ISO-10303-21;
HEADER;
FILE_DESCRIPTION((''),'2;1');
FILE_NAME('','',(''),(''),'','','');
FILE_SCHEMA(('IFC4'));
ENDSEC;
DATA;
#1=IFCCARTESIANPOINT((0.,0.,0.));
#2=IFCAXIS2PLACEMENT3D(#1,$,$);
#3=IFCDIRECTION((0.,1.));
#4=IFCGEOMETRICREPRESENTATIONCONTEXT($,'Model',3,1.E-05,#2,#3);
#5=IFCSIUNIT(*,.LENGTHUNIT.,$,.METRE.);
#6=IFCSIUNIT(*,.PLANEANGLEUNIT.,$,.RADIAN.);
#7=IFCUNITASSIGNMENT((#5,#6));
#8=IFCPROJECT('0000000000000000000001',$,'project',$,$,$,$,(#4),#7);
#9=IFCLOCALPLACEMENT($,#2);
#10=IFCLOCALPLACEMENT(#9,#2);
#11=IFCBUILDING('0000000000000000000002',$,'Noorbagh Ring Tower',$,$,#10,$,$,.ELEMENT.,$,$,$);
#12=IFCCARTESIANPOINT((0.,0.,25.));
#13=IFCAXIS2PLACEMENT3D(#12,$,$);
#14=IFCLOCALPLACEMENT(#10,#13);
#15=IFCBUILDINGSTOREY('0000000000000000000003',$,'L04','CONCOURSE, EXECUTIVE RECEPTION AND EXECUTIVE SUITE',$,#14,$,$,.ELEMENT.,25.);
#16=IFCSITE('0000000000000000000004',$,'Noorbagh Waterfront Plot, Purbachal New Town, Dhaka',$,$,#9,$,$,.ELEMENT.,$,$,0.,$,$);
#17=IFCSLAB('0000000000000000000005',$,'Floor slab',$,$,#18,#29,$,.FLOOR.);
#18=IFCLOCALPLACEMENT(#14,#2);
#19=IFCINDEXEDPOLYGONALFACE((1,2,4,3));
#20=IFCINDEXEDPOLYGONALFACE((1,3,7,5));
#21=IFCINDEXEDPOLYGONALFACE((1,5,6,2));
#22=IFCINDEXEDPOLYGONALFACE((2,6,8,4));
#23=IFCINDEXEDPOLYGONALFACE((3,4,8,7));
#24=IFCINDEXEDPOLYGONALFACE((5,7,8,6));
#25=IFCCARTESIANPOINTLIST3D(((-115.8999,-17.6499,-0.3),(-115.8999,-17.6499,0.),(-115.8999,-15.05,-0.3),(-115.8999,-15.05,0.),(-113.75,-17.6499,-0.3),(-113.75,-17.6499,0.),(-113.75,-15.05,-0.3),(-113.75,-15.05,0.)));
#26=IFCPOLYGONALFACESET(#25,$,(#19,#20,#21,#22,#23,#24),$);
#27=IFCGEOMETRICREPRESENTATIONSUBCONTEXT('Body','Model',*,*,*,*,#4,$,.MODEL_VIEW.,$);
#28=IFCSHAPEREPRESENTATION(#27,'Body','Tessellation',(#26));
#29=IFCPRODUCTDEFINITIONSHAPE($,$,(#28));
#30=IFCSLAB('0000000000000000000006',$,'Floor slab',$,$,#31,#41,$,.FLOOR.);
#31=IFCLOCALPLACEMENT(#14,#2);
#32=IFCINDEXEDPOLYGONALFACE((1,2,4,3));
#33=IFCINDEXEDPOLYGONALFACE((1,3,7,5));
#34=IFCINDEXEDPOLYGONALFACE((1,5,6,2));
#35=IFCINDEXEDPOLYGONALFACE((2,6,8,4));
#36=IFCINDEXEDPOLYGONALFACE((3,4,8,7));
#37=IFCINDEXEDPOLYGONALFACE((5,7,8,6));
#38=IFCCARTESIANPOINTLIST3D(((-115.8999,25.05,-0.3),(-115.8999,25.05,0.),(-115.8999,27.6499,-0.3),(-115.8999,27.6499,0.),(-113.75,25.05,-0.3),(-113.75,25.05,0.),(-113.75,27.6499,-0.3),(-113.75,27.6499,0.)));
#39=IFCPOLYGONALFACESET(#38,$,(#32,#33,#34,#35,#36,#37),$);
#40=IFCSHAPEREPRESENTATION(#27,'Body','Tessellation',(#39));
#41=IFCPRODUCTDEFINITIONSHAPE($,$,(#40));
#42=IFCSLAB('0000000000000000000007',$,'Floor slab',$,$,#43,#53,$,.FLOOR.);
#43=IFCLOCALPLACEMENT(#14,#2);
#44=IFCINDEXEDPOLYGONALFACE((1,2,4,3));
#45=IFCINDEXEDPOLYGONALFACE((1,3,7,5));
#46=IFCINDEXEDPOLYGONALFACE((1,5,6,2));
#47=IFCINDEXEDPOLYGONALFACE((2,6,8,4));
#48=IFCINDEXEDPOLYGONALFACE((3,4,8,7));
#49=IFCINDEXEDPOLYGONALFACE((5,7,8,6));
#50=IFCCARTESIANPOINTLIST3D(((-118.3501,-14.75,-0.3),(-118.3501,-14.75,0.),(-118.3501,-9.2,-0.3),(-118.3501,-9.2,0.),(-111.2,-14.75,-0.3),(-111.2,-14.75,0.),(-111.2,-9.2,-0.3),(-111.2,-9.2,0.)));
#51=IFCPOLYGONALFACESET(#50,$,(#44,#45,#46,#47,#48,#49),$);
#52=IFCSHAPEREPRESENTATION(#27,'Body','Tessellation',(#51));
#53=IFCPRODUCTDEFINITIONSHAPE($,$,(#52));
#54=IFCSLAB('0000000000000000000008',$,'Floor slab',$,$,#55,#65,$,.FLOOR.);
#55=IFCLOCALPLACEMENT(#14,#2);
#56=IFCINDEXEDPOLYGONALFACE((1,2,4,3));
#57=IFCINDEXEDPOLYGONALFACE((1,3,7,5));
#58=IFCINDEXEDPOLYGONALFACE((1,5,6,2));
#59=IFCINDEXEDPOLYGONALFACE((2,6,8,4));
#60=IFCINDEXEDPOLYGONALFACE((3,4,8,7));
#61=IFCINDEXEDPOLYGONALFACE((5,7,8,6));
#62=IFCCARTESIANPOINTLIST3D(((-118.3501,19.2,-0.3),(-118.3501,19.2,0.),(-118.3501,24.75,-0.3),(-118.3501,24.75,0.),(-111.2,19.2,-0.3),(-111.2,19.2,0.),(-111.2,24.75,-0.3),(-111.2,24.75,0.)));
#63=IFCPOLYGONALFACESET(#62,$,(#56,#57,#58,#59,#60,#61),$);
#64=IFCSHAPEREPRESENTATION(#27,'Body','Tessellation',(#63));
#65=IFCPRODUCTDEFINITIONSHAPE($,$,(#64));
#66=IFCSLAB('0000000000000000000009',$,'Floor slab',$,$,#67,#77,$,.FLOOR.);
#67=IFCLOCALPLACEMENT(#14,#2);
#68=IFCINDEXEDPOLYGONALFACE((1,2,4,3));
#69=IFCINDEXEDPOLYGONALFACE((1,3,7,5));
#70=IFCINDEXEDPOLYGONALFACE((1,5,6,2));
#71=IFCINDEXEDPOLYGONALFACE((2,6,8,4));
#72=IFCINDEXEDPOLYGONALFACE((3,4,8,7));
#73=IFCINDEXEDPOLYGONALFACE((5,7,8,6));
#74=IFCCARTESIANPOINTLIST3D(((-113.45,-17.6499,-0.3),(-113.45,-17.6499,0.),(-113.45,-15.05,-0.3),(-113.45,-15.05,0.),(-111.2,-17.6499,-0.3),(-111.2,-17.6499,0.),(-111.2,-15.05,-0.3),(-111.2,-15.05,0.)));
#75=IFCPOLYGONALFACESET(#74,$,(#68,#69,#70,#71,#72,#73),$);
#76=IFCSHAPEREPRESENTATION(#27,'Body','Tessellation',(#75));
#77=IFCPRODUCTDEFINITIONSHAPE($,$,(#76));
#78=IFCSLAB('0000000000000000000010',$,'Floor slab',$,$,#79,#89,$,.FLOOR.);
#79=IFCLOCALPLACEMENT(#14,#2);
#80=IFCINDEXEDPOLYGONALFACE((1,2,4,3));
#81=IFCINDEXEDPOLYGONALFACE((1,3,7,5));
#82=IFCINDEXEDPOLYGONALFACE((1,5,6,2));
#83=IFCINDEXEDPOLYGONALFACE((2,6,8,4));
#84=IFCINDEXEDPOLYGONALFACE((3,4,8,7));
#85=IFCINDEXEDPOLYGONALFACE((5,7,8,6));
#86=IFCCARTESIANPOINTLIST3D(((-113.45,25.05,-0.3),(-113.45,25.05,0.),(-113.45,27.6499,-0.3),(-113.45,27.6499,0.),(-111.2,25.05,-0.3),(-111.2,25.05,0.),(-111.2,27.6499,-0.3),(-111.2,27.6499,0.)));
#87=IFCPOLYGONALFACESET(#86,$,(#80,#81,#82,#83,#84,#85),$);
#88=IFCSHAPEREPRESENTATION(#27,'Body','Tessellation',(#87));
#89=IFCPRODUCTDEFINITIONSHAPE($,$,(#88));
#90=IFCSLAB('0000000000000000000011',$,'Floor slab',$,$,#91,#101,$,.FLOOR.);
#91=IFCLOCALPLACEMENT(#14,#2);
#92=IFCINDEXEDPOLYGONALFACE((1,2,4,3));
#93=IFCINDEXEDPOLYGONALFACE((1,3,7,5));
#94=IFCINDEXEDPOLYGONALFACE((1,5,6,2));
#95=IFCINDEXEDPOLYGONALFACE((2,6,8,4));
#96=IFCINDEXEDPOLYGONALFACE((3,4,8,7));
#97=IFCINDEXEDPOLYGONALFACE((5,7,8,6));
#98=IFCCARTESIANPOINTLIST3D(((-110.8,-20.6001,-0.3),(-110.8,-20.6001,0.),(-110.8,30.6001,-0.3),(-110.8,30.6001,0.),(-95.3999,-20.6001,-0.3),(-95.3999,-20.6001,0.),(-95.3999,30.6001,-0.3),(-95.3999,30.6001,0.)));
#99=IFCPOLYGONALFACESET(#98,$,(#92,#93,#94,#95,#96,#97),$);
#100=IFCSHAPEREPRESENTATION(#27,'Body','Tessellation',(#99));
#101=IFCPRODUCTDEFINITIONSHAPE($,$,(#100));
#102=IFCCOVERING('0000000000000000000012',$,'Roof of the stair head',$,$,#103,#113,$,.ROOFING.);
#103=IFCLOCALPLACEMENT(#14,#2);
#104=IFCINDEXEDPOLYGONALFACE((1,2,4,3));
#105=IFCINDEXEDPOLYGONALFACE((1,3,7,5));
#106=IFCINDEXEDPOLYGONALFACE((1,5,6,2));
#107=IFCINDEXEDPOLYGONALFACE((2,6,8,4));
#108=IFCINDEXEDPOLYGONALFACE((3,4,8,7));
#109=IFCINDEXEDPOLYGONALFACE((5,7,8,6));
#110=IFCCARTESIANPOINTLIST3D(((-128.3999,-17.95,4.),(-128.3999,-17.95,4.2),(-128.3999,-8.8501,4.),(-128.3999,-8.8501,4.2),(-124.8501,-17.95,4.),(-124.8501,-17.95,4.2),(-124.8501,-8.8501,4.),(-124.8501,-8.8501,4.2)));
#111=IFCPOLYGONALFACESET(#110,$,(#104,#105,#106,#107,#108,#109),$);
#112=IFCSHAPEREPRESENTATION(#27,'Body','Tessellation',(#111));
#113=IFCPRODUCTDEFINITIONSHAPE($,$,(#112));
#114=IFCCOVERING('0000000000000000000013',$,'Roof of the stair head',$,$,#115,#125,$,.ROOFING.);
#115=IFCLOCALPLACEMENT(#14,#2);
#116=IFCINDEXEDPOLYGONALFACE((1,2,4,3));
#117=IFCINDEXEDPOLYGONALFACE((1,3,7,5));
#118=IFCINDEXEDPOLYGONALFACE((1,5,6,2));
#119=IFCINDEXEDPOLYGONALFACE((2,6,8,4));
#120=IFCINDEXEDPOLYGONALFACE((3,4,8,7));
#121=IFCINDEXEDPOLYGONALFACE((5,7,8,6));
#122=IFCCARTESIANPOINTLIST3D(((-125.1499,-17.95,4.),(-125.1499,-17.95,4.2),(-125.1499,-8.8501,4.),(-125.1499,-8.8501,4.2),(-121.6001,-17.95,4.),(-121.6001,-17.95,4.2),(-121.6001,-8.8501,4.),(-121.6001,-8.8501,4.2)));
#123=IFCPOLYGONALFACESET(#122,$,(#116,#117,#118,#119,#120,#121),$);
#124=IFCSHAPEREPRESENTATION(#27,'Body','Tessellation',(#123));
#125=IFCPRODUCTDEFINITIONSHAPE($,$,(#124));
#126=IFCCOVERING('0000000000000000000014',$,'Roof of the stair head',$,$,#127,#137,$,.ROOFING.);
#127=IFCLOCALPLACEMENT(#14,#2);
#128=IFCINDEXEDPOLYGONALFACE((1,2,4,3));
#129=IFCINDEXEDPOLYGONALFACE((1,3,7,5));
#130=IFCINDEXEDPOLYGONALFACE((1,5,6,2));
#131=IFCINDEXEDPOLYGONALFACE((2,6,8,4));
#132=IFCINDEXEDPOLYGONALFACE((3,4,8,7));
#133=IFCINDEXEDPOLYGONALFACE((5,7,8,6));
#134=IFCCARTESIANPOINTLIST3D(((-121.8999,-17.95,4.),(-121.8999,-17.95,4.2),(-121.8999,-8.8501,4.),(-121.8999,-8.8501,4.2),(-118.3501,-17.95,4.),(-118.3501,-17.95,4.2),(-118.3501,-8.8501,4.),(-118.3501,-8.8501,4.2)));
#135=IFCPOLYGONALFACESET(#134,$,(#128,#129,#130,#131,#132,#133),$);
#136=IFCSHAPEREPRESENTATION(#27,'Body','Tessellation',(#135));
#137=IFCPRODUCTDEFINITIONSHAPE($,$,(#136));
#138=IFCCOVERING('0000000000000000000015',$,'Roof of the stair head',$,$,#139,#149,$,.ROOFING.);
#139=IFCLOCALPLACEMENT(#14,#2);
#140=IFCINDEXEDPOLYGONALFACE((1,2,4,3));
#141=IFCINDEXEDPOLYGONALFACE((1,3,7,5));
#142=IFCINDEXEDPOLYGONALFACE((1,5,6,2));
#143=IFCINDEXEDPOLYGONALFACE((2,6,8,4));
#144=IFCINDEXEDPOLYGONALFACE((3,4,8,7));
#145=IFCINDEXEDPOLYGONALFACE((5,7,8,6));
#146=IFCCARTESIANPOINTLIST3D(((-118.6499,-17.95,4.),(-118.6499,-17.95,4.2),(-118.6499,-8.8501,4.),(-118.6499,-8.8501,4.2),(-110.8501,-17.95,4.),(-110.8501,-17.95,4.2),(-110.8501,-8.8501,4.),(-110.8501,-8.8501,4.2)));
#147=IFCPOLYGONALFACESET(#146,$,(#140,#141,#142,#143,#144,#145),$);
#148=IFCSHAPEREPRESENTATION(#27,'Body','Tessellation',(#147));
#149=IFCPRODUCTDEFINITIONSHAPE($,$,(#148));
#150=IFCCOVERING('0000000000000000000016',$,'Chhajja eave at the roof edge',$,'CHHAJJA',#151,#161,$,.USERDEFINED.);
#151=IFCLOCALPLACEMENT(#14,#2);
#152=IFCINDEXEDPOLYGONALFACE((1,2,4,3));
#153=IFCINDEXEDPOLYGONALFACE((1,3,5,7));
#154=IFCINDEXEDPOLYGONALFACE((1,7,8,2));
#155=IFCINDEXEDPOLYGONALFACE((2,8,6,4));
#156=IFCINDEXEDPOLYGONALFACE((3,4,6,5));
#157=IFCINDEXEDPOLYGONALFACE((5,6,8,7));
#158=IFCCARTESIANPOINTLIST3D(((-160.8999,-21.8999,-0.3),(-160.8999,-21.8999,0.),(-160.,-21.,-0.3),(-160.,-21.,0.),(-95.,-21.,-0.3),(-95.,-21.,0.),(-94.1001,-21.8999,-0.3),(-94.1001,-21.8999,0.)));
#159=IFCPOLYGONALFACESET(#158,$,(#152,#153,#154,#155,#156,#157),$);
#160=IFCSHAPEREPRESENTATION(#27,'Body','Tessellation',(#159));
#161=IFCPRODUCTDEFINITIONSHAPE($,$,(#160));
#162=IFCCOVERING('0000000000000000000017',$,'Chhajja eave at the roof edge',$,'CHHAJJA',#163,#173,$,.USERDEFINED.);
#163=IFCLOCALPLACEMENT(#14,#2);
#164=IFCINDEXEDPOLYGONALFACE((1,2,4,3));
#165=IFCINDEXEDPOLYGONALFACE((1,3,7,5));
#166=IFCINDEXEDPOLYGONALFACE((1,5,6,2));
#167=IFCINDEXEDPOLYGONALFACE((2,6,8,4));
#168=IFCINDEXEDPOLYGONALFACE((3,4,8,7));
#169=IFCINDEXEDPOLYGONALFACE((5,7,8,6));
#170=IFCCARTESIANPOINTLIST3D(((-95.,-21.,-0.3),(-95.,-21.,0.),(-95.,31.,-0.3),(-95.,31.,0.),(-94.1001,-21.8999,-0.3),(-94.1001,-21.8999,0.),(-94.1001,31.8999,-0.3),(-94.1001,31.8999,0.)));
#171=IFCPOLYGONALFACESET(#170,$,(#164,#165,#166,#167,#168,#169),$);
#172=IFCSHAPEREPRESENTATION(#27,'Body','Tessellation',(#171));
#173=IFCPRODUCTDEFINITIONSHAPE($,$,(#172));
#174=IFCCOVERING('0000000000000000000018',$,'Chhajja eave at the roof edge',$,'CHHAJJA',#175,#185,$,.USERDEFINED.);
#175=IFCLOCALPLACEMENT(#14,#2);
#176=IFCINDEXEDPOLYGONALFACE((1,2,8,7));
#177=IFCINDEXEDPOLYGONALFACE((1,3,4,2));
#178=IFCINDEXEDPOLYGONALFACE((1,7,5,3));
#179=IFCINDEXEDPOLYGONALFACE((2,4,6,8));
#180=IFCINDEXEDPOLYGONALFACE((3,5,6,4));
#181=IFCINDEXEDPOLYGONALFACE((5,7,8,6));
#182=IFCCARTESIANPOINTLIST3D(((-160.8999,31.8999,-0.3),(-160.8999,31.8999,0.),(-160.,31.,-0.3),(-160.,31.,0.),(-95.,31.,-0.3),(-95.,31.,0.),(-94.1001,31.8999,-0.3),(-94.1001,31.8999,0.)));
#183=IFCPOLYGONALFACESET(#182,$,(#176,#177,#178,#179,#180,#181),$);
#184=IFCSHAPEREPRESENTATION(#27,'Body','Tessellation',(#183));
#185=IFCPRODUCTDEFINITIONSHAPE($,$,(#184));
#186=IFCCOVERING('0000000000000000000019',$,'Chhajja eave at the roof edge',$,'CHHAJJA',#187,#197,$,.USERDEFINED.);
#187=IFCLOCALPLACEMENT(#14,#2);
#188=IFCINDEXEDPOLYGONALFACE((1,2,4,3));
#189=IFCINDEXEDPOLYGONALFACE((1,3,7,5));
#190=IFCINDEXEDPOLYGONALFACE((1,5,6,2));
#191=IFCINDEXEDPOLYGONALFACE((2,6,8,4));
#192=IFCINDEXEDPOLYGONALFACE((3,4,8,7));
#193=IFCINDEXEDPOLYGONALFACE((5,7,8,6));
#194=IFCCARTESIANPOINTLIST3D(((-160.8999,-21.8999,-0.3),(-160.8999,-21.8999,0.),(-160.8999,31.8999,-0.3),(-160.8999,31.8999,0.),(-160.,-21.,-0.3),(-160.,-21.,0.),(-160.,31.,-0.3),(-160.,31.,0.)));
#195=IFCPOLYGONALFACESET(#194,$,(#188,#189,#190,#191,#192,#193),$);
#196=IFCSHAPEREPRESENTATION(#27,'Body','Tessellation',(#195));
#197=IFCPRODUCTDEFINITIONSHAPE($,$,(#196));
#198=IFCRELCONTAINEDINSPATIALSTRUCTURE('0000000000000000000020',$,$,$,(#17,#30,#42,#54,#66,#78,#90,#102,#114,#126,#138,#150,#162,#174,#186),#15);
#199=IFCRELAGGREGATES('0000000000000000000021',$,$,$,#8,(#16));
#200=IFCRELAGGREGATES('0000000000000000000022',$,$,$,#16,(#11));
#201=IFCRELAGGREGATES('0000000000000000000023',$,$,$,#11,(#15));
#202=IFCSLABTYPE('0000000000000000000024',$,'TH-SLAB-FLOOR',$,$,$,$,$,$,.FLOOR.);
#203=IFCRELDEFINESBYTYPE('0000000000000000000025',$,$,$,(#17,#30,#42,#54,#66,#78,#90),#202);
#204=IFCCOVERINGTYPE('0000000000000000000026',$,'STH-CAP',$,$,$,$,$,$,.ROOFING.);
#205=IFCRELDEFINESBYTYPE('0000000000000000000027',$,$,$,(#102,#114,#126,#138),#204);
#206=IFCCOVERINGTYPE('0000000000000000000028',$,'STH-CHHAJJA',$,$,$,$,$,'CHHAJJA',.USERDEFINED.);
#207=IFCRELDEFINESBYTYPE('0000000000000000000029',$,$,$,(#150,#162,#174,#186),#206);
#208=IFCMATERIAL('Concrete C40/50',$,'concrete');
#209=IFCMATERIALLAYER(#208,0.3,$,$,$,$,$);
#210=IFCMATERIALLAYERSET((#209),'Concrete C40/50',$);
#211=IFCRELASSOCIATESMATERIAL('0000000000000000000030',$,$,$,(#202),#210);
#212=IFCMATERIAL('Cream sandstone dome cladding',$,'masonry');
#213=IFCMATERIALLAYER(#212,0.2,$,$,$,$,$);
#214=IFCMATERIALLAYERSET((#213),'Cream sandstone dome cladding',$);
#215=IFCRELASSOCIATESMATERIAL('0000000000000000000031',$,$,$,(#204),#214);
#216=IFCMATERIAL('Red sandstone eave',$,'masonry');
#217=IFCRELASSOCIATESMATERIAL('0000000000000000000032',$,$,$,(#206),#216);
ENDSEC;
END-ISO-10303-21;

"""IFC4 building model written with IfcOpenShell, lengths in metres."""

from ifc_helpers import new_model, si_unit, direction, frame, origin, place, context, subcontext, project, spatial, polyline, outline, extrude, material, layer, layer_set, type_object, element, save


model = new_model("IFC4")

# Units and contexts
model_context = context("Model", 3, precision=1e-05, world=origin(), true_north=direction((0.0, 1.0)))
body_context = subcontext(model_context, "Body", "Model", "MODEL_VIEW")
ifc_project = project(units=[si_unit("LENGTHUNIT", "METRE"), si_unit("PLANEANGLEUNIT", "RADIAN")], contexts=[model_context])

# Site, building, storey
site_placement = place(None, origin())
site = spatial("IfcSite", under=ifc_project, at=site_placement, Name="Noorbagh Waterfront Plot, Purbachal New Town, Dhaka", CompositionType="ELEMENT", RefElevation=0.0)
building_placement = place(site_placement, origin())
building = spatial("IfcBuilding", under=site, at=building_placement, Name="Noorbagh Ring Tower", CompositionType="ELEMENT")
storey_placement = place(building_placement, frame((0.0, 0.0, 25.0)))
storey = spatial("IfcBuildingStorey", under=building, at=storey_placement, Name="L04", Description="CONCOURSE, EXECUTIVE RECEPTION AND EXECUTIVE SUITE", CompositionType="ELEMENT", Elevation=25.0)

# Slabs
ifc_material_1 = material(Name="Concrete C40/50", Category="concrete")
ifc_layer_1 = layer(ifc_material_1, 0.3)
ifc_layer_set_1 = layer_set([ifc_layer_1], Name="Concrete C40/50")
slab_type = type_object("IfcSlabType", Name="TH-SLAB-FLOOR", PredefinedType="FLOOR", material=ifc_layer_set_1)
slab_1_placement = place(storey_placement, frame((0.0, 0.0, -0.3)))
element("IfcSlab", 1, at=slab_1_placement, inside=storey, type_object=slab_type, Name="Floor slab", PredefinedType="FLOOR", context=body_context, shape_type="SweptSolid", body=[
    extrude(outline(polyline([(-115.8999, -15.05), (-115.8999, -17.6499), (-113.75, -17.6499), (-113.75, -15.05), (-115.8999, -15.05)])), origin(), (0.0, 0.0, 1.0), 0.3),
])
slab_2_placement = place(storey_placement, frame((0.0, 0.0, -0.3)))
element("IfcSlab", 2, at=slab_2_placement, inside=storey, type_object=slab_type, Name="Floor slab", PredefinedType="FLOOR", context=body_context, shape_type="SweptSolid", body=[
    extrude(outline(polyline([(-113.75, 27.6499), (-115.8999, 27.6499), (-115.8999, 25.05), (-113.75, 25.05), (-113.75, 27.6499)])), origin(), (0.0, 0.0, 1.0), 0.3),
])
slab_3_placement = place(storey_placement, frame((0.0, 0.0, -0.3)))
element("IfcSlab", 3, at=slab_3_placement, inside=storey, type_object=slab_type, Name="Floor slab", PredefinedType="FLOOR", context=body_context, shape_type="SweptSolid", body=[
    extrude(outline(polyline([(-111.2, -14.75), (-111.2, -9.2), (-118.3501, -9.2), (-118.3501, -14.75), (-111.2, -14.75)])), origin(), (0.0, 0.0, 1.0), 0.3),
])
slab_4_placement = place(storey_placement, frame((0.0, 0.0, -0.3)))
element("IfcSlab", 4, at=slab_4_placement, inside=storey, type_object=slab_type, Name="Floor slab", PredefinedType="FLOOR", context=body_context, shape_type="SweptSolid", body=[
    extrude(outline(polyline([(-118.3501, 19.2), (-111.2, 19.2), (-111.2, 24.75), (-118.3501, 24.75), (-118.3501, 19.2)])), origin(), (0.0, 0.0, 1.0), 0.3),
])
slab_5_placement = place(storey_placement, frame((0.0, 0.0, -0.3)))
element("IfcSlab", 5, at=slab_5_placement, inside=storey, type_object=slab_type, Name="Floor slab", PredefinedType="FLOOR", context=body_context, shape_type="SweptSolid", body=[
    extrude(outline(polyline([(-113.45, -15.05), (-113.45, -17.6499), (-111.2, -17.6499), (-111.2, -15.05), (-113.45, -15.05)])), origin(), (0.0, 0.0, 1.0), 0.3),
])
slab_6_placement = place(storey_placement, frame((0.0, 0.0, -0.3)))
element("IfcSlab", 6, at=slab_6_placement, inside=storey, type_object=slab_type, Name="Floor slab", PredefinedType="FLOOR", context=body_context, shape_type="SweptSolid", body=[
    extrude(outline(polyline([(-111.2, 27.6499), (-113.45, 27.6499), (-113.45, 25.05), (-111.2, 25.05), (-111.2, 27.6499)])), origin(), (0.0, 0.0, 1.0), 0.3),
])
slab_7_placement = place(storey_placement, frame((0.0, 0.0, -0.3)))
element("IfcSlab", 7, at=slab_7_placement, inside=storey, type_object=slab_type, Name="Floor slab", PredefinedType="FLOOR", context=body_context, shape_type="SweptSolid", body=[
    extrude(outline(polyline([(-95.3999, -20.6001), (-95.3999, 30.6001), (-110.8, 30.6001), (-110.8, -20.6001), (-95.3999, -20.6001)])), origin(), (0.0, 0.0, 1.0), 0.3),
])

# Coverings
ifc_material_2 = material(Name="Cream sandstone dome cladding", Category="masonry")
ifc_layer_2 = layer(ifc_material_2, 0.2)
ifc_layer_set_2 = layer_set([ifc_layer_2], Name="Cream sandstone dome cladding")
covering_type_1 = type_object("IfcCoveringType", Name="STH-CAP", PredefinedType="ROOFING", material=ifc_layer_set_2)
covering_1_placement = place(storey_placement, frame((0.0, 0.0, 4.0)))
element("IfcCovering", 8, at=covering_1_placement, inside=storey, type_object=covering_type_1, Name="Roof of the stair head", PredefinedType="ROOFING", context=body_context, shape_type="SweptSolid", body=[
    extrude(outline(polyline([(-128.3999, -17.95), (-124.8501, -17.95), (-124.8501, -8.8501), (-128.3999, -8.8501), (-128.3999, -17.95)])), origin(), (0.0, 0.0, 1.0), 0.2),
])
covering_2_placement = place(storey_placement, frame((0.0, 0.0, 4.0)))
element("IfcCovering", 9, at=covering_2_placement, inside=storey, type_object=covering_type_1, Name="Roof of the stair head", PredefinedType="ROOFING", context=body_context, shape_type="SweptSolid", body=[
    extrude(outline(polyline([(-125.1499, -17.95), (-121.6001, -17.95), (-121.6001, -8.8501), (-125.1499, -8.8501), (-125.1499, -17.95)])), origin(), (0.0, 0.0, 1.0), 0.2),
])
covering_3_placement = place(storey_placement, frame((0.0, 0.0, 4.0)))
element("IfcCovering", 10, at=covering_3_placement, inside=storey, type_object=covering_type_1, Name="Roof of the stair head", PredefinedType="ROOFING", context=body_context, shape_type="SweptSolid", body=[
    extrude(outline(polyline([(-121.8999, -17.95), (-118.3501, -17.95), (-118.3501, -8.8501), (-121.8999, -8.8501), (-121.8999, -17.95)])), origin(), (0.0, 0.0, 1.0), 0.2),
])
covering_4_placement = place(storey_placement, frame((0.0, 0.0, 4.0)))
element("IfcCovering", 11, at=covering_4_placement, inside=storey, type_object=covering_type_1, Name="Roof of the stair head", PredefinedType="ROOFING", context=body_context, shape_type="SweptSolid", body=[
    extrude(outline(polyline([(-118.6499, -17.95), (-110.8501, -17.95), (-110.8501, -8.8501), (-118.6499, -8.8501), (-118.6499, -17.95)])), origin(), (0.0, 0.0, 1.0), 0.2),
])
ifc_material_3 = material(Name="Red sandstone eave", Category="masonry")
covering_type_2 = type_object("IfcCoveringType", Name="STH-CHHAJJA", ElementType="CHHAJJA", PredefinedType="USERDEFINED", material=ifc_material_3)
covering_5_placement = place(storey_placement, frame((0.0, 0.0, -0.3)))
element("IfcCovering", 12, at=covering_5_placement, inside=storey, type_object=covering_type_2, Name="Chhajja eave at the roof edge", ObjectType="CHHAJJA", PredefinedType="USERDEFINED", context=body_context, shape_type="SweptSolid", body=[
    extrude(outline(polyline([(-160.0, -21.0), (-95.0, -21.0), (-94.1001, -21.8999), (-160.8999, -21.8999), (-160.0, -21.0)])), origin(), (0.0, 0.0, 1.0), 0.3),
])
covering_6_placement = place(storey_placement, frame((0.0, 0.0, -0.3)))
element("IfcCovering", 13, at=covering_6_placement, inside=storey, type_object=covering_type_2, Name="Chhajja eave at the roof edge", ObjectType="CHHAJJA", PredefinedType="USERDEFINED", context=body_context, shape_type="SweptSolid", body=[
    extrude(outline(polyline([(-95.0, -21.0), (-95.0, 31.0), (-94.1001, 31.8999), (-94.1001, -21.8999), (-95.0, -21.0)])), origin(), (0.0, 0.0, 1.0), 0.3),
])
covering_7_placement = place(storey_placement, frame((0.0, 0.0, -0.3)))
element("IfcCovering", 14, at=covering_7_placement, inside=storey, type_object=covering_type_2, Name="Chhajja eave at the roof edge", ObjectType="CHHAJJA", PredefinedType="USERDEFINED", context=body_context, shape_type="SweptSolid", body=[
    extrude(outline(polyline([(-95.0, 31.0), (-160.0, 31.0), (-160.8999, 31.8999), (-94.1001, 31.8999), (-95.0, 31.0)])), origin(), (0.0, 0.0, 1.0), 0.3),
])
covering_8_placement = place(storey_placement, frame((0.0, 0.0, -0.3)))
element("IfcCovering", 15, at=covering_8_placement, inside=storey, type_object=covering_type_2, Name="Chhajja eave at the roof edge", ObjectType="CHHAJJA", PredefinedType="USERDEFINED", context=body_context, shape_type="SweptSolid", body=[
    extrude(outline(polyline([(-160.0, 31.0), (-160.0, -21.0), (-160.8999, -21.8999), (-160.8999, 31.8999), (-160.0, 31.0)])), origin(), (0.0, 0.0, 1.0), 0.3),
])

save(model, "model.ifc")
